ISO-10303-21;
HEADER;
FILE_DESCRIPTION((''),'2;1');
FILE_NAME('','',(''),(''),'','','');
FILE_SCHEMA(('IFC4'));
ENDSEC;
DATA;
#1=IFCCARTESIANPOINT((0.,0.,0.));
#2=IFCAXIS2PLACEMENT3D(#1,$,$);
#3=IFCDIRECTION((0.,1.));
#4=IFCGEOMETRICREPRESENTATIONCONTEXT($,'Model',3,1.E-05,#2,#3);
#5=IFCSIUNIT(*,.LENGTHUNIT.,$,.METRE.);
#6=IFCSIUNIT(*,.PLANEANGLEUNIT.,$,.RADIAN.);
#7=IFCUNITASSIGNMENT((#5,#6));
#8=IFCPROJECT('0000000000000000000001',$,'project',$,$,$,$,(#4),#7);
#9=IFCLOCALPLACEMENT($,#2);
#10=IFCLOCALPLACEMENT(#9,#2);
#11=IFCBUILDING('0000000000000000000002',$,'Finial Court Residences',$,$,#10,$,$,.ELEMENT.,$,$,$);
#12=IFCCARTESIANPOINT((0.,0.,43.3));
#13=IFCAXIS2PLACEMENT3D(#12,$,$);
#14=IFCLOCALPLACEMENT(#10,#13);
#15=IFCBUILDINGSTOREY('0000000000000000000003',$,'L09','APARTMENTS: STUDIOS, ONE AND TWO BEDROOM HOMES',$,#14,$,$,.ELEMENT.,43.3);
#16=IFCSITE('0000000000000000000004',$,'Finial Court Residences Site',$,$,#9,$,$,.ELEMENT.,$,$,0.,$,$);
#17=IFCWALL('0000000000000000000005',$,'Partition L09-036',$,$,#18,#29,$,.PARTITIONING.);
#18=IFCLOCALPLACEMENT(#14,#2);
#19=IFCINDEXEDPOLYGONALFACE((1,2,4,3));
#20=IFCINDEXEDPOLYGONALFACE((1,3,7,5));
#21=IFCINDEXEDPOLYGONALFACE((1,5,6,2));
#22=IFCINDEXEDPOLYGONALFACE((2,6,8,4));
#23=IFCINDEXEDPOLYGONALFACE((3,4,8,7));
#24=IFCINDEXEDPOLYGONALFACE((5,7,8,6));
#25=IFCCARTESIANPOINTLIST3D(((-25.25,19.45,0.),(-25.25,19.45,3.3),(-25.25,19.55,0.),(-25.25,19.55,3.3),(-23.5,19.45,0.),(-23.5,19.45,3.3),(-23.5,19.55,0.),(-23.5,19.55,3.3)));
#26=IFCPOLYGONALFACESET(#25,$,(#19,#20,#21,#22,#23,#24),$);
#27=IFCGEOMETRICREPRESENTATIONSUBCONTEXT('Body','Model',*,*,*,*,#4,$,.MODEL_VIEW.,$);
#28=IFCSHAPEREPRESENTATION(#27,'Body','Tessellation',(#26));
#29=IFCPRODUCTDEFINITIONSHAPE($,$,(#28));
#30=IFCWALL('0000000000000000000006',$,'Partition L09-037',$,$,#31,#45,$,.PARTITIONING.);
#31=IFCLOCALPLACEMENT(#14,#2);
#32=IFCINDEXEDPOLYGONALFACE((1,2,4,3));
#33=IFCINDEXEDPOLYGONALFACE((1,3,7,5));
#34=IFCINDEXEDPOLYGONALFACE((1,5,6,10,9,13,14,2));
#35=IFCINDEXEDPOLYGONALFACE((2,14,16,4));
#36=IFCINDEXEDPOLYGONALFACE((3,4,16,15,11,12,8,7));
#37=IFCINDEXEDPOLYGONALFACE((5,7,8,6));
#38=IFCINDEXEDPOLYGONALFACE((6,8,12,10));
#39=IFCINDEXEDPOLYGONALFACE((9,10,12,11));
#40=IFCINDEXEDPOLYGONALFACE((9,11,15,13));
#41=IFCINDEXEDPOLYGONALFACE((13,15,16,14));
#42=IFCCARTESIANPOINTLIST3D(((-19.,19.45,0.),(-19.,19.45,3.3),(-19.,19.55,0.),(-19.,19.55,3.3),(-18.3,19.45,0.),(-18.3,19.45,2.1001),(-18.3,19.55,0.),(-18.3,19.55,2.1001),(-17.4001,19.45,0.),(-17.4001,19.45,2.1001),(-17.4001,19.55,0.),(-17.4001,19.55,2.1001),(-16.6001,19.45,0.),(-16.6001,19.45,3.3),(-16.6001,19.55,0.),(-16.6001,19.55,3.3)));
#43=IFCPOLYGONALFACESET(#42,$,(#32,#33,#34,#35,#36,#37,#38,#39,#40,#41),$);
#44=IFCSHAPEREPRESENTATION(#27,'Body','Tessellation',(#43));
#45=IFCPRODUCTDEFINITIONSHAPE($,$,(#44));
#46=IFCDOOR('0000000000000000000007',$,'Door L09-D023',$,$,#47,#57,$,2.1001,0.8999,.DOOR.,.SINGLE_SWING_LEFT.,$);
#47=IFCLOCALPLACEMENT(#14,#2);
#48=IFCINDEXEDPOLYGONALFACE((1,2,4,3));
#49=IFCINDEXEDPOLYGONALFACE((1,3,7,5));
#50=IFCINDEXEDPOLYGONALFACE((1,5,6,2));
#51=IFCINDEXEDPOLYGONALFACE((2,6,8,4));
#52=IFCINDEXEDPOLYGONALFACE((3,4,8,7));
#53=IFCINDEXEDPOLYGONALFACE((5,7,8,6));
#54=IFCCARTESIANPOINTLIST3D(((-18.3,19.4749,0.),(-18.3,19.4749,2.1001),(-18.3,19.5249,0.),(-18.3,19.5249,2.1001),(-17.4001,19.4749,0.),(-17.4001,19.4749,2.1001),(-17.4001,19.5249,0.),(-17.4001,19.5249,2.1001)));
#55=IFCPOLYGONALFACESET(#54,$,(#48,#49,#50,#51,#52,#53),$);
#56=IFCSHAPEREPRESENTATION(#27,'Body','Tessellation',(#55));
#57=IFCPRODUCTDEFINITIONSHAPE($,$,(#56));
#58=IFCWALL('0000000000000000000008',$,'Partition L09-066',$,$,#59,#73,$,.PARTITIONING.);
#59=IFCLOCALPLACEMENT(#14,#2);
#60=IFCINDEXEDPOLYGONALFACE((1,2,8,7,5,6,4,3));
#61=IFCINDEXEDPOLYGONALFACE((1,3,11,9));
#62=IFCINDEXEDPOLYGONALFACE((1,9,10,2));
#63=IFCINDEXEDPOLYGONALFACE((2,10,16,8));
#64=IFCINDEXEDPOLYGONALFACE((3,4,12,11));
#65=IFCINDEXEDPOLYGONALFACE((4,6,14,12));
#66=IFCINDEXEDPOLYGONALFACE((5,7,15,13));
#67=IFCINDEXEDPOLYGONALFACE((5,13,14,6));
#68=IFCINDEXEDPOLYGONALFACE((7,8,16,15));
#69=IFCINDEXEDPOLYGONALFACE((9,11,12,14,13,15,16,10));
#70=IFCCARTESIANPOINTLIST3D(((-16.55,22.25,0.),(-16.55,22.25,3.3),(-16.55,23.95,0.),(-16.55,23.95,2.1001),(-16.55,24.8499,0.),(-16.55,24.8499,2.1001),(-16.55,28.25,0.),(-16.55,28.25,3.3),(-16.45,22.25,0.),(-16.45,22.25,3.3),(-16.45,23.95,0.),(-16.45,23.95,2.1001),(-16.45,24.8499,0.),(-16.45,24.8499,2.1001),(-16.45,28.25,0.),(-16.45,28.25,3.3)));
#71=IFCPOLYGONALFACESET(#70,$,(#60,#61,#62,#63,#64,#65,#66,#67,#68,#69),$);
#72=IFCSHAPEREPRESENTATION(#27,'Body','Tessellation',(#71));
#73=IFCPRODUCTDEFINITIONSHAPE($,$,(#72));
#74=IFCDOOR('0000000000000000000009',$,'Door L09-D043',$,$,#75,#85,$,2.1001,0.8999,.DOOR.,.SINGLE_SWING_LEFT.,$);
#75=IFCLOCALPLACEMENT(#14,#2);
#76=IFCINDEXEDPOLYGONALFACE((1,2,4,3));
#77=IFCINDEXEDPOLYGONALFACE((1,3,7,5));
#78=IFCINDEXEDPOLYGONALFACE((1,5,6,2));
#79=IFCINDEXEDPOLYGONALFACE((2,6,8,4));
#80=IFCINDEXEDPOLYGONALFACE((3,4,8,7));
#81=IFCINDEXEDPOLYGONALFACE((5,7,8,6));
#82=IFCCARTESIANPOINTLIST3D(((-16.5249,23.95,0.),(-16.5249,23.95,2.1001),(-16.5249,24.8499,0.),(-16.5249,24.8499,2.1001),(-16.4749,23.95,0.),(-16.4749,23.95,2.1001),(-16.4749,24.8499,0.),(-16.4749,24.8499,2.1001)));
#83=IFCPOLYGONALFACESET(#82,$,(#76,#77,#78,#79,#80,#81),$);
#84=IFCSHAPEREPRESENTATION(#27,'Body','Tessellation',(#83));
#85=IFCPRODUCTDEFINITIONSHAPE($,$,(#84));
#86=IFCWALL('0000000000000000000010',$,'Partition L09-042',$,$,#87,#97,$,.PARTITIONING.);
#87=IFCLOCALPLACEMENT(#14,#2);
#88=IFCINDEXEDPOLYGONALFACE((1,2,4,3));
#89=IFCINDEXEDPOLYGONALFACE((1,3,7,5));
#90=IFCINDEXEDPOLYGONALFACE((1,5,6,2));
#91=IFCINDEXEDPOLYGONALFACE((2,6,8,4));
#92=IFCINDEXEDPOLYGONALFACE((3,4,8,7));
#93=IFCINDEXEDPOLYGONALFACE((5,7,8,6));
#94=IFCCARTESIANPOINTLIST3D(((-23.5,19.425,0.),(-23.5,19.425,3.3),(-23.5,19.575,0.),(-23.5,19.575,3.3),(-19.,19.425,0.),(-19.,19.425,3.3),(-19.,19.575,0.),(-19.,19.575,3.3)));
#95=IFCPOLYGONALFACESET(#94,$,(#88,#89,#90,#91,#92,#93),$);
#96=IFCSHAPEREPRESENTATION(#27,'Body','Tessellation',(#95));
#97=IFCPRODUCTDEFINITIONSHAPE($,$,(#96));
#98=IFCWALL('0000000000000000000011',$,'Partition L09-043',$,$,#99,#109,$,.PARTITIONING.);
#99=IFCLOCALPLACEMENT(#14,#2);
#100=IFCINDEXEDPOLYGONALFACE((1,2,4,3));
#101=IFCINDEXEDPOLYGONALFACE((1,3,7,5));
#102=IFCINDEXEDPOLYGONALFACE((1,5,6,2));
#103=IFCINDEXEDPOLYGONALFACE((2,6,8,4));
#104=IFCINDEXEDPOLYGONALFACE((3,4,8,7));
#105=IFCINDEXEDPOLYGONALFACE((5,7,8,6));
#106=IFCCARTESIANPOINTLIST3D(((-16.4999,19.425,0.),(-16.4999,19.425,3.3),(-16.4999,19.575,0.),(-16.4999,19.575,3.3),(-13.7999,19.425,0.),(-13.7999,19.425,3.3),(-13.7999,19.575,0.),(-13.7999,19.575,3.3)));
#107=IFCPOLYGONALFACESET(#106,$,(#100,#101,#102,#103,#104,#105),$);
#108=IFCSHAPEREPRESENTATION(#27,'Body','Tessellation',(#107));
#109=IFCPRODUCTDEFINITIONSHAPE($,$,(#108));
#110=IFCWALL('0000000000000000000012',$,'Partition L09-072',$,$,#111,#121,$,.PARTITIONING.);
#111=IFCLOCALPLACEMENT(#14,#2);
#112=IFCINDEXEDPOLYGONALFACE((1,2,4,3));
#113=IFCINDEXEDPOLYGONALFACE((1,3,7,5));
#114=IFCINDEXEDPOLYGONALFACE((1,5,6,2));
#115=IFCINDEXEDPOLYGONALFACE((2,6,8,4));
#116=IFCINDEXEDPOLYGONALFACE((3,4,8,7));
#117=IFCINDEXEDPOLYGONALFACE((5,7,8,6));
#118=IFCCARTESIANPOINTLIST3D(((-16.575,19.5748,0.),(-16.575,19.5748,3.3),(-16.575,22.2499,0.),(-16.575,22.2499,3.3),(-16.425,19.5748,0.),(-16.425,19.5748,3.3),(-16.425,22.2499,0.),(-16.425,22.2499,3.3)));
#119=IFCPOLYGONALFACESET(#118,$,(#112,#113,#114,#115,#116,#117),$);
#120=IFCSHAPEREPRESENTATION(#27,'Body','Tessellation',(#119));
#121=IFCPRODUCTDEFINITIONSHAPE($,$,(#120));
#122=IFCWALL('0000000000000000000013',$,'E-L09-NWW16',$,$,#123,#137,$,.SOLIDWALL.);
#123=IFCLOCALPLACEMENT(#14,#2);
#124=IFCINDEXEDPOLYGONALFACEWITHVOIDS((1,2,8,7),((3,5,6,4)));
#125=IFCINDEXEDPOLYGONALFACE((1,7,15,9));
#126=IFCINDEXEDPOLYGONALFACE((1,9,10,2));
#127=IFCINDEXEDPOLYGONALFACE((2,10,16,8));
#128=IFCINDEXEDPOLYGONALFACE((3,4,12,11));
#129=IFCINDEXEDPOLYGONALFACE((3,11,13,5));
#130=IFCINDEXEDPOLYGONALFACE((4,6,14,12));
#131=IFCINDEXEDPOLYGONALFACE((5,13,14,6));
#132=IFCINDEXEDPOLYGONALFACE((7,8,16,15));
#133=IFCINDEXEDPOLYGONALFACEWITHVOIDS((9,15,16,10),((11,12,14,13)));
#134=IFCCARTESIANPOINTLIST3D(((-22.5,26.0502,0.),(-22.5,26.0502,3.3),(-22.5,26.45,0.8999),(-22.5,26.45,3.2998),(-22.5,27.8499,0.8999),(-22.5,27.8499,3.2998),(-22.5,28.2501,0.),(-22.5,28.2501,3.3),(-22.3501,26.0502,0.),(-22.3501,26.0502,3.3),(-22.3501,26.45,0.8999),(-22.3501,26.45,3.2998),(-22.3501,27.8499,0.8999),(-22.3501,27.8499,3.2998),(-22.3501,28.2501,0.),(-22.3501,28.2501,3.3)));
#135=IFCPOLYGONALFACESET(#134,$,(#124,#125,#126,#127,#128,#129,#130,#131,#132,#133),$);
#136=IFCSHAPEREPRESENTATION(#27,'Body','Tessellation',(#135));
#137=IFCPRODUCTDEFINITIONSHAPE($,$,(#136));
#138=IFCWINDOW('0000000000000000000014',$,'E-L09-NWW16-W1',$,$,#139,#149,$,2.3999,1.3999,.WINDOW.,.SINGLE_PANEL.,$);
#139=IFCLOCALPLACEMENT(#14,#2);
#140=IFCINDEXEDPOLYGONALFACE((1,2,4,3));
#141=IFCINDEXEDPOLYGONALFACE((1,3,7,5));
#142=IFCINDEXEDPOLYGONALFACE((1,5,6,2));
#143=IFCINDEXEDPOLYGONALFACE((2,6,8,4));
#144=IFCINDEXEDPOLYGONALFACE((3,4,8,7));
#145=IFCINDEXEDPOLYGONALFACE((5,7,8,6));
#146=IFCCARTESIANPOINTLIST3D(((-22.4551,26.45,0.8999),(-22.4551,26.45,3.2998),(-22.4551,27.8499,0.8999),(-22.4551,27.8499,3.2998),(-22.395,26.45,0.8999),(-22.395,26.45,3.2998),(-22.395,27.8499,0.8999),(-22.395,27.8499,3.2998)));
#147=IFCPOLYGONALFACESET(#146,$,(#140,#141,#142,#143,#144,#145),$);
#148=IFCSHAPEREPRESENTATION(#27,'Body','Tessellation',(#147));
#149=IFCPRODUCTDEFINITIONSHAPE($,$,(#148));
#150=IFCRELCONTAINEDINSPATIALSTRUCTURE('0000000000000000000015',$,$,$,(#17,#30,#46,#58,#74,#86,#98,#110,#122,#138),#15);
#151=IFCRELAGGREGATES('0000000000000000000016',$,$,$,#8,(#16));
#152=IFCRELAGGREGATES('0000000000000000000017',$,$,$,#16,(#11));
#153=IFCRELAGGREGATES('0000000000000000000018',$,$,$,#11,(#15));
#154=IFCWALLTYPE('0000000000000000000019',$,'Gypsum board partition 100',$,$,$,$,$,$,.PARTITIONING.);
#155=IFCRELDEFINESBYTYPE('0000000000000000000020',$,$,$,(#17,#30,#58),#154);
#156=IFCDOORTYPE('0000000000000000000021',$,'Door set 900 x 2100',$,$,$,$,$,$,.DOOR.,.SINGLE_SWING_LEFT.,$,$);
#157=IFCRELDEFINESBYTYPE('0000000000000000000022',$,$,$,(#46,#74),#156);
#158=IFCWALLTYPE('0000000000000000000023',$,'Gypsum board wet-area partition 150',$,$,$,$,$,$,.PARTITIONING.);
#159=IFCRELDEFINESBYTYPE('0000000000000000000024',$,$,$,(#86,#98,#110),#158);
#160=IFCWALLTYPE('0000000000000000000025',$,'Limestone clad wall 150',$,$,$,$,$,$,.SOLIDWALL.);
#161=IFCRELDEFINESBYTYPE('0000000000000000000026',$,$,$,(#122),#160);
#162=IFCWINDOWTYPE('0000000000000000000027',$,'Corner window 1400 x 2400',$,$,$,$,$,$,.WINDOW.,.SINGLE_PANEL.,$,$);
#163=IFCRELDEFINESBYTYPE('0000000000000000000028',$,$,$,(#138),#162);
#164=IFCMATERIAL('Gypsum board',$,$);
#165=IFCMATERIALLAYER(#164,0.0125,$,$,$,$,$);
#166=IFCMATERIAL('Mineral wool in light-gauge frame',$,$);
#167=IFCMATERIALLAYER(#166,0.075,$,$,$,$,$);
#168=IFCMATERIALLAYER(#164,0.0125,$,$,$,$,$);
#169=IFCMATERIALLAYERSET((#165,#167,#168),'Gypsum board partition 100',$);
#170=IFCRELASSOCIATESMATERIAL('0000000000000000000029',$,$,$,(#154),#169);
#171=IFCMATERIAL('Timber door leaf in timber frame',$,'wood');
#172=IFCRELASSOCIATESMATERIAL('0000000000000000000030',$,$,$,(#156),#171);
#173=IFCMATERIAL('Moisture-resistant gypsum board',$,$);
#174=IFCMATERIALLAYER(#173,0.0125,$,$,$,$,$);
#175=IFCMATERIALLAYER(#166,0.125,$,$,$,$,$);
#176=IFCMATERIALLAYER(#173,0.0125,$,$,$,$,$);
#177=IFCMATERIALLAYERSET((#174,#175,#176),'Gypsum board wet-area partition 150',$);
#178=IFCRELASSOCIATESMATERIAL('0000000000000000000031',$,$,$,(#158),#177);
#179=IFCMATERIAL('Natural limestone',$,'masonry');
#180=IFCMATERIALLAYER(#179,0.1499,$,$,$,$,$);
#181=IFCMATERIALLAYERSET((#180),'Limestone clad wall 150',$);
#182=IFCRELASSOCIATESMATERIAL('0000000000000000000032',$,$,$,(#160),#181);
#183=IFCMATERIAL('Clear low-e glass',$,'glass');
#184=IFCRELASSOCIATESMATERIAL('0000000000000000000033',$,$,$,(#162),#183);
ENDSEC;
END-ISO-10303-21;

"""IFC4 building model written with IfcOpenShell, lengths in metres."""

from ifc_helpers import new_model, si_unit, direction, frame, frame_2d, origin, place, context, subcontext, project, spatial, rectangle, extrude, material, layer, layer_set, type_object, element, fill, save


model = new_model("IFC4")

# Units and contexts
model_context = context("Model", 3, precision=1e-05, world=origin(), true_north=direction((0.0, 1.0)))
body_context = subcontext(model_context, "Body", "Model", "MODEL_VIEW")
ifc_project = project(units=[si_unit("LENGTHUNIT", "METRE"), si_unit("PLANEANGLEUNIT", "RADIAN")], contexts=[model_context])

# Site, building, storey
site_placement = place(None, origin())
site = spatial("IfcSite", under=ifc_project, at=site_placement, Name="Finial Court Residences Site", CompositionType="ELEMENT", RefElevation=0.0)
building_placement = place(site_placement, origin())
building = spatial("IfcBuilding", under=site, at=building_placement, Name="Finial Court Residences", CompositionType="ELEMENT")
storey_placement = place(building_placement, frame((0.0, 0.0, 43.3)))
storey = spatial("IfcBuildingStorey", under=building, at=storey_placement, Name="L09", Description="APARTMENTS: STUDIOS, ONE AND TWO BEDROOM HOMES", CompositionType="ELEMENT", Elevation=43.3)

# Shared definitions
ifc_material_1 = material(Name="Clear low-e glass", Category="glass")

# Wall
ifc_material_2 = material(Name="Gypsum board")
ifc_layer_1 = layer(ifc_material_2, 0.0125)
ifc_material_3 = material(Name="Mineral wool in light-gauge frame")
ifc_layer_2 = layer(ifc_material_3, 0.075)
ifc_layer_3 = layer(ifc_material_2, 0.0125)
ifc_layer_set_1 = layer_set([ifc_layer_1, ifc_layer_2, ifc_layer_3], Name="Gypsum board partition 100")
wall_type_1 = type_object("IfcWallType", Name="Gypsum board partition 100", PredefinedType="PARTITIONING", material=ifc_layer_set_1)
wall_1_placement = place(storey_placement, frame((-25.25, 19.5, 0.0), z_axis=(0.0, 0.0, 1.0), x_axis=(1.0, 0.0, 0.0)))
element("IfcWall", 1, at=wall_1_placement, inside=storey, type_object=wall_type_1, Name="Partition L09-036", PredefinedType="PARTITIONING", context=body_context, shape_type="SweptSolid", body=[
    extrude(rectangle(XDim=1.75, YDim=0.1001, at=frame_2d((0.875, 0.0))), origin(), (0.0, 0.0, 1.0), 3.3),
])

# Walls, openings, doors
wall_2_placement = place(storey_placement, frame((-19.0, 19.5, 0.0), z_axis=(0.0, 0.0, 1.0), x_axis=(1.0, 0.0, 0.0)))
wall_2 = element("IfcWall", 2, at=wall_2_placement, inside=storey, type_object=wall_type_1, Name="Partition L09-037", PredefinedType="PARTITIONING", context=body_context, shape_type="SweptSolid", body=[
    extrude(rectangle(XDim=2.3999, YDim=0.1001, at=frame_2d((1.2, 0.0))), origin(), (0.0, 0.0, 1.0), 3.3),
])
opening_1_placement = place(wall_2_placement, frame((0.7, 0.0, 0.0)))
opening_1 = element("IfcOpeningElement", 3, at=opening_1_placement, cuts=wall_2, PredefinedType="OPENING", context=body_context, shape_type="SweptSolid", body=[
    extrude(rectangle(XDim=0.8999, YDim=2.1001, at=frame_2d((0.45, 1.05))), frame((0.0, 0.0601, 0.0), z_axis=(0.0, -1.0, 0.0), x_axis=(1.0, 0.0, 0.0)), (0.0, 0.0, 1.0), 0.1201),
])
ifc_material_4 = material(Name="Timber door leaf in timber frame", Category="wood")
door_type = type_object("IfcDoorType", Name="Door set 900 x 2100", OperationType="SINGLE_SWING_LEFT", PredefinedType="DOOR", material=ifc_material_4)
door_1_placement = place(opening_1_placement, origin())
door_1 = element("IfcDoor", 4, at=door_1_placement, inside=storey, type_object=door_type, Name="Door L09-D023", OperationType="SINGLE_SWING_LEFT", OverallHeight=2.1001, OverallWidth=0.8999, PredefinedType="DOOR", context=body_context, shape_type="SweptSolid", body=[
    extrude(rectangle(XDim=0.8999, YDim=2.1001, at=frame_2d((0.45, 1.05))), frame((0.0, 0.0249, 0.0), z_axis=(0.0, -1.0, 0.0), x_axis=(1.0, 0.0, 0.0)), (0.0, 0.0, 1.0), 0.05),
])
fill(opening_1, door_1)
wall_3_placement = place(storey_placement, frame((-16.5, 22.25, 0.0), z_axis=(0.0, 0.0, 1.0), x_axis=(0.0, 1.0, 0.0)))
wall_3 = element("IfcWall", 5, at=wall_3_placement, inside=storey, type_object=wall_type_1, Name="Partition L09-066", PredefinedType="PARTITIONING", context=body_context, shape_type="SweptSolid", body=[
    extrude(rectangle(XDim=6.0, YDim=0.1001, at=frame_2d((3.0, 0.0))), origin(), (0.0, 0.0, 1.0), 3.3),
])
opening_2_placement = place(wall_3_placement, frame((1.7, 0.0, 0.0)))
opening_2 = element("IfcOpeningElement", 6, at=opening_2_placement, cuts=wall_3, PredefinedType="OPENING", context=body_context, shape_type="SweptSolid", body=[
    extrude(rectangle(XDim=0.8999, YDim=2.1001, at=frame_2d((0.45, 1.05))), frame((0.0, 0.0601, 0.0), z_axis=(0.0, -1.0, 0.0), x_axis=(1.0, 0.0, 0.0)), (0.0, 0.0, 1.0), 0.1201),
])
door_2_placement = place(opening_2_placement, origin())
door_2 = element("IfcDoor", 7, at=door_2_placement, inside=storey, type_object=door_type, Name="Door L09-D043", OperationType="SINGLE_SWING_LEFT", OverallHeight=2.1001, OverallWidth=0.8999, PredefinedType="DOOR", context=body_context, shape_type="SweptSolid", body=[
    extrude(rectangle(XDim=0.8999, YDim=2.1001, at=frame_2d((0.45, 1.05))), frame((0.0, 0.0249, 0.0), z_axis=(0.0, -1.0, 0.0), x_axis=(1.0, 0.0, 0.0)), (0.0, 0.0, 1.0), 0.05),
])
fill(opening_2, door_2)

# Walls
ifc_material_5 = material(Name="Moisture-resistant gypsum board")
ifc_layer_4 = layer(ifc_material_5, 0.0125)
ifc_layer_5 = layer(ifc_material_3, 0.125)
ifc_layer_6 = layer(ifc_material_5, 0.0125)
ifc_layer_set_2 = layer_set([ifc_layer_4, ifc_layer_5, ifc_layer_6], Name="Gypsum board wet-area partition 150")
wall_type_2 = type_object("IfcWallType", Name="Gypsum board wet-area partition 150", PredefinedType="PARTITIONING", material=ifc_layer_set_2)
wall_4_placement = place(storey_placement, frame((-23.5, 19.5, 0.0), z_axis=(0.0, 0.0, 1.0), x_axis=(1.0, 0.0, 0.0)))
element("IfcWall", 8, at=wall_4_placement, inside=storey, type_object=wall_type_2, Name="Partition L09-042", PredefinedType="PARTITIONING", context=body_context, shape_type="SweptSolid", body=[
    extrude(rectangle(XDim=4.5, YDim=0.1499, at=frame_2d((2.25, 0.0))), origin(), (0.0, 0.0, 1.0), 3.3),
])
wall_5_placement = place(storey_placement, frame((-16.5, 19.5, 0.0), z_axis=(0.0, 0.0, 1.0), x_axis=(1.0, 0.0, 0.0)))
element("IfcWall", 9, at=wall_5_placement, inside=storey, type_object=wall_type_2, Name="Partition L09-043", PredefinedType="PARTITIONING", context=body_context, shape_type="SweptSolid", body=[
    extrude(rectangle(XDim=2.7, YDim=0.1499, at=frame_2d((1.3501, 0.0))), origin(), (0.0, 0.0, 1.0), 3.3),
])
wall_6_placement = place(storey_placement, frame((-16.5, 19.575, 0.0), z_axis=(0.0, 0.0, 1.0), x_axis=(0.0, 1.0, 0.0)))
element("IfcWall", 10, at=wall_6_placement, inside=storey, type_object=wall_type_2, Name="Partition L09-072", PredefinedType="PARTITIONING", context=body_context, shape_type="SweptSolid", body=[
    extrude(rectangle(XDim=2.675, YDim=0.1499, at=frame_2d((1.3374, 0.0))), origin(), (0.0, 0.0, 1.0), 3.3),
])

# Wall, opening, window
ifc_material_6 = material(Name="Natural limestone", Category="masonry")
ifc_layer_7 = layer(ifc_material_6, 0.1499)
ifc_layer_set_3 = layer_set([ifc_layer_7], Name="Limestone clad wall 150")
wall_type_3 = type_object("IfcWallType", Name="Limestone clad wall 150", PredefinedType="SOLIDWALL", material=ifc_layer_set_3)
wall_7_placement = place(storey_placement, frame((-22.425, 26.05, 0.0), z_axis=(0.0, 0.0, 1.0), x_axis=(0.0, 1.0, 0.0)))
wall_7 = element("IfcWall", 11, at=wall_7_placement, inside=storey, type_object=wall_type_3, Name="E-L09-NWW16", PredefinedType="SOLIDWALL", context=body_context, shape_type="SweptSolid", body=[
    extrude(rectangle(XDim=2.2, YDim=0.1499, at=frame_2d((1.1001, 0.0))), origin(), (0.0, 0.0, 1.0), 3.3),
])
opening_3_placement = place(wall_7_placement, frame((0.3999, 0.0, 0.8999)))
opening_3 = element("IfcOpeningElement", 12, at=opening_3_placement, cuts=wall_7, PredefinedType="OPENING", context=body_context, shape_type="SweptSolid", body=[
    extrude(rectangle(XDim=1.3999, YDim=2.3999, at=frame_2d((0.7, 1.2))), frame((0.0, 0.085, 0.0), z_axis=(0.0, -1.0, 0.0), x_axis=(1.0, 0.0, 0.0)), (0.0, 0.0, 1.0), 0.1699),
])
window_type_1 = type_object("IfcWindowType", Name="Corner window 1400 x 2400", PartitioningType="SINGLE_PANEL", PredefinedType="WINDOW", material=ifc_material_1)
window_1_placement = place(opening_3_placement, origin())
window_1 = element("IfcWindow", 13, at=window_1_placement, inside=storey, type_object=window_type_1, Name="E-L09-NWW16-W1", OverallHeight=2.3999, OverallWidth=1.3999, PartitioningType="SINGLE_PANEL", PredefinedType="WINDOW", context=body_context, shape_type="SweptSolid", body=[
    extrude(rectangle(XDim=1.3999, YDim=2.3999, at=frame_2d((0.7, 1.2))), frame((0.0, 0.03, 0.0), z_axis=(0.0, -1.0, 0.0), x_axis=(1.0, 0.0, 0.0)), (0.0, 0.0, 1.0), 0.0601),
])
fill(opening_3, window_1)

save(model, "model.ifc")
